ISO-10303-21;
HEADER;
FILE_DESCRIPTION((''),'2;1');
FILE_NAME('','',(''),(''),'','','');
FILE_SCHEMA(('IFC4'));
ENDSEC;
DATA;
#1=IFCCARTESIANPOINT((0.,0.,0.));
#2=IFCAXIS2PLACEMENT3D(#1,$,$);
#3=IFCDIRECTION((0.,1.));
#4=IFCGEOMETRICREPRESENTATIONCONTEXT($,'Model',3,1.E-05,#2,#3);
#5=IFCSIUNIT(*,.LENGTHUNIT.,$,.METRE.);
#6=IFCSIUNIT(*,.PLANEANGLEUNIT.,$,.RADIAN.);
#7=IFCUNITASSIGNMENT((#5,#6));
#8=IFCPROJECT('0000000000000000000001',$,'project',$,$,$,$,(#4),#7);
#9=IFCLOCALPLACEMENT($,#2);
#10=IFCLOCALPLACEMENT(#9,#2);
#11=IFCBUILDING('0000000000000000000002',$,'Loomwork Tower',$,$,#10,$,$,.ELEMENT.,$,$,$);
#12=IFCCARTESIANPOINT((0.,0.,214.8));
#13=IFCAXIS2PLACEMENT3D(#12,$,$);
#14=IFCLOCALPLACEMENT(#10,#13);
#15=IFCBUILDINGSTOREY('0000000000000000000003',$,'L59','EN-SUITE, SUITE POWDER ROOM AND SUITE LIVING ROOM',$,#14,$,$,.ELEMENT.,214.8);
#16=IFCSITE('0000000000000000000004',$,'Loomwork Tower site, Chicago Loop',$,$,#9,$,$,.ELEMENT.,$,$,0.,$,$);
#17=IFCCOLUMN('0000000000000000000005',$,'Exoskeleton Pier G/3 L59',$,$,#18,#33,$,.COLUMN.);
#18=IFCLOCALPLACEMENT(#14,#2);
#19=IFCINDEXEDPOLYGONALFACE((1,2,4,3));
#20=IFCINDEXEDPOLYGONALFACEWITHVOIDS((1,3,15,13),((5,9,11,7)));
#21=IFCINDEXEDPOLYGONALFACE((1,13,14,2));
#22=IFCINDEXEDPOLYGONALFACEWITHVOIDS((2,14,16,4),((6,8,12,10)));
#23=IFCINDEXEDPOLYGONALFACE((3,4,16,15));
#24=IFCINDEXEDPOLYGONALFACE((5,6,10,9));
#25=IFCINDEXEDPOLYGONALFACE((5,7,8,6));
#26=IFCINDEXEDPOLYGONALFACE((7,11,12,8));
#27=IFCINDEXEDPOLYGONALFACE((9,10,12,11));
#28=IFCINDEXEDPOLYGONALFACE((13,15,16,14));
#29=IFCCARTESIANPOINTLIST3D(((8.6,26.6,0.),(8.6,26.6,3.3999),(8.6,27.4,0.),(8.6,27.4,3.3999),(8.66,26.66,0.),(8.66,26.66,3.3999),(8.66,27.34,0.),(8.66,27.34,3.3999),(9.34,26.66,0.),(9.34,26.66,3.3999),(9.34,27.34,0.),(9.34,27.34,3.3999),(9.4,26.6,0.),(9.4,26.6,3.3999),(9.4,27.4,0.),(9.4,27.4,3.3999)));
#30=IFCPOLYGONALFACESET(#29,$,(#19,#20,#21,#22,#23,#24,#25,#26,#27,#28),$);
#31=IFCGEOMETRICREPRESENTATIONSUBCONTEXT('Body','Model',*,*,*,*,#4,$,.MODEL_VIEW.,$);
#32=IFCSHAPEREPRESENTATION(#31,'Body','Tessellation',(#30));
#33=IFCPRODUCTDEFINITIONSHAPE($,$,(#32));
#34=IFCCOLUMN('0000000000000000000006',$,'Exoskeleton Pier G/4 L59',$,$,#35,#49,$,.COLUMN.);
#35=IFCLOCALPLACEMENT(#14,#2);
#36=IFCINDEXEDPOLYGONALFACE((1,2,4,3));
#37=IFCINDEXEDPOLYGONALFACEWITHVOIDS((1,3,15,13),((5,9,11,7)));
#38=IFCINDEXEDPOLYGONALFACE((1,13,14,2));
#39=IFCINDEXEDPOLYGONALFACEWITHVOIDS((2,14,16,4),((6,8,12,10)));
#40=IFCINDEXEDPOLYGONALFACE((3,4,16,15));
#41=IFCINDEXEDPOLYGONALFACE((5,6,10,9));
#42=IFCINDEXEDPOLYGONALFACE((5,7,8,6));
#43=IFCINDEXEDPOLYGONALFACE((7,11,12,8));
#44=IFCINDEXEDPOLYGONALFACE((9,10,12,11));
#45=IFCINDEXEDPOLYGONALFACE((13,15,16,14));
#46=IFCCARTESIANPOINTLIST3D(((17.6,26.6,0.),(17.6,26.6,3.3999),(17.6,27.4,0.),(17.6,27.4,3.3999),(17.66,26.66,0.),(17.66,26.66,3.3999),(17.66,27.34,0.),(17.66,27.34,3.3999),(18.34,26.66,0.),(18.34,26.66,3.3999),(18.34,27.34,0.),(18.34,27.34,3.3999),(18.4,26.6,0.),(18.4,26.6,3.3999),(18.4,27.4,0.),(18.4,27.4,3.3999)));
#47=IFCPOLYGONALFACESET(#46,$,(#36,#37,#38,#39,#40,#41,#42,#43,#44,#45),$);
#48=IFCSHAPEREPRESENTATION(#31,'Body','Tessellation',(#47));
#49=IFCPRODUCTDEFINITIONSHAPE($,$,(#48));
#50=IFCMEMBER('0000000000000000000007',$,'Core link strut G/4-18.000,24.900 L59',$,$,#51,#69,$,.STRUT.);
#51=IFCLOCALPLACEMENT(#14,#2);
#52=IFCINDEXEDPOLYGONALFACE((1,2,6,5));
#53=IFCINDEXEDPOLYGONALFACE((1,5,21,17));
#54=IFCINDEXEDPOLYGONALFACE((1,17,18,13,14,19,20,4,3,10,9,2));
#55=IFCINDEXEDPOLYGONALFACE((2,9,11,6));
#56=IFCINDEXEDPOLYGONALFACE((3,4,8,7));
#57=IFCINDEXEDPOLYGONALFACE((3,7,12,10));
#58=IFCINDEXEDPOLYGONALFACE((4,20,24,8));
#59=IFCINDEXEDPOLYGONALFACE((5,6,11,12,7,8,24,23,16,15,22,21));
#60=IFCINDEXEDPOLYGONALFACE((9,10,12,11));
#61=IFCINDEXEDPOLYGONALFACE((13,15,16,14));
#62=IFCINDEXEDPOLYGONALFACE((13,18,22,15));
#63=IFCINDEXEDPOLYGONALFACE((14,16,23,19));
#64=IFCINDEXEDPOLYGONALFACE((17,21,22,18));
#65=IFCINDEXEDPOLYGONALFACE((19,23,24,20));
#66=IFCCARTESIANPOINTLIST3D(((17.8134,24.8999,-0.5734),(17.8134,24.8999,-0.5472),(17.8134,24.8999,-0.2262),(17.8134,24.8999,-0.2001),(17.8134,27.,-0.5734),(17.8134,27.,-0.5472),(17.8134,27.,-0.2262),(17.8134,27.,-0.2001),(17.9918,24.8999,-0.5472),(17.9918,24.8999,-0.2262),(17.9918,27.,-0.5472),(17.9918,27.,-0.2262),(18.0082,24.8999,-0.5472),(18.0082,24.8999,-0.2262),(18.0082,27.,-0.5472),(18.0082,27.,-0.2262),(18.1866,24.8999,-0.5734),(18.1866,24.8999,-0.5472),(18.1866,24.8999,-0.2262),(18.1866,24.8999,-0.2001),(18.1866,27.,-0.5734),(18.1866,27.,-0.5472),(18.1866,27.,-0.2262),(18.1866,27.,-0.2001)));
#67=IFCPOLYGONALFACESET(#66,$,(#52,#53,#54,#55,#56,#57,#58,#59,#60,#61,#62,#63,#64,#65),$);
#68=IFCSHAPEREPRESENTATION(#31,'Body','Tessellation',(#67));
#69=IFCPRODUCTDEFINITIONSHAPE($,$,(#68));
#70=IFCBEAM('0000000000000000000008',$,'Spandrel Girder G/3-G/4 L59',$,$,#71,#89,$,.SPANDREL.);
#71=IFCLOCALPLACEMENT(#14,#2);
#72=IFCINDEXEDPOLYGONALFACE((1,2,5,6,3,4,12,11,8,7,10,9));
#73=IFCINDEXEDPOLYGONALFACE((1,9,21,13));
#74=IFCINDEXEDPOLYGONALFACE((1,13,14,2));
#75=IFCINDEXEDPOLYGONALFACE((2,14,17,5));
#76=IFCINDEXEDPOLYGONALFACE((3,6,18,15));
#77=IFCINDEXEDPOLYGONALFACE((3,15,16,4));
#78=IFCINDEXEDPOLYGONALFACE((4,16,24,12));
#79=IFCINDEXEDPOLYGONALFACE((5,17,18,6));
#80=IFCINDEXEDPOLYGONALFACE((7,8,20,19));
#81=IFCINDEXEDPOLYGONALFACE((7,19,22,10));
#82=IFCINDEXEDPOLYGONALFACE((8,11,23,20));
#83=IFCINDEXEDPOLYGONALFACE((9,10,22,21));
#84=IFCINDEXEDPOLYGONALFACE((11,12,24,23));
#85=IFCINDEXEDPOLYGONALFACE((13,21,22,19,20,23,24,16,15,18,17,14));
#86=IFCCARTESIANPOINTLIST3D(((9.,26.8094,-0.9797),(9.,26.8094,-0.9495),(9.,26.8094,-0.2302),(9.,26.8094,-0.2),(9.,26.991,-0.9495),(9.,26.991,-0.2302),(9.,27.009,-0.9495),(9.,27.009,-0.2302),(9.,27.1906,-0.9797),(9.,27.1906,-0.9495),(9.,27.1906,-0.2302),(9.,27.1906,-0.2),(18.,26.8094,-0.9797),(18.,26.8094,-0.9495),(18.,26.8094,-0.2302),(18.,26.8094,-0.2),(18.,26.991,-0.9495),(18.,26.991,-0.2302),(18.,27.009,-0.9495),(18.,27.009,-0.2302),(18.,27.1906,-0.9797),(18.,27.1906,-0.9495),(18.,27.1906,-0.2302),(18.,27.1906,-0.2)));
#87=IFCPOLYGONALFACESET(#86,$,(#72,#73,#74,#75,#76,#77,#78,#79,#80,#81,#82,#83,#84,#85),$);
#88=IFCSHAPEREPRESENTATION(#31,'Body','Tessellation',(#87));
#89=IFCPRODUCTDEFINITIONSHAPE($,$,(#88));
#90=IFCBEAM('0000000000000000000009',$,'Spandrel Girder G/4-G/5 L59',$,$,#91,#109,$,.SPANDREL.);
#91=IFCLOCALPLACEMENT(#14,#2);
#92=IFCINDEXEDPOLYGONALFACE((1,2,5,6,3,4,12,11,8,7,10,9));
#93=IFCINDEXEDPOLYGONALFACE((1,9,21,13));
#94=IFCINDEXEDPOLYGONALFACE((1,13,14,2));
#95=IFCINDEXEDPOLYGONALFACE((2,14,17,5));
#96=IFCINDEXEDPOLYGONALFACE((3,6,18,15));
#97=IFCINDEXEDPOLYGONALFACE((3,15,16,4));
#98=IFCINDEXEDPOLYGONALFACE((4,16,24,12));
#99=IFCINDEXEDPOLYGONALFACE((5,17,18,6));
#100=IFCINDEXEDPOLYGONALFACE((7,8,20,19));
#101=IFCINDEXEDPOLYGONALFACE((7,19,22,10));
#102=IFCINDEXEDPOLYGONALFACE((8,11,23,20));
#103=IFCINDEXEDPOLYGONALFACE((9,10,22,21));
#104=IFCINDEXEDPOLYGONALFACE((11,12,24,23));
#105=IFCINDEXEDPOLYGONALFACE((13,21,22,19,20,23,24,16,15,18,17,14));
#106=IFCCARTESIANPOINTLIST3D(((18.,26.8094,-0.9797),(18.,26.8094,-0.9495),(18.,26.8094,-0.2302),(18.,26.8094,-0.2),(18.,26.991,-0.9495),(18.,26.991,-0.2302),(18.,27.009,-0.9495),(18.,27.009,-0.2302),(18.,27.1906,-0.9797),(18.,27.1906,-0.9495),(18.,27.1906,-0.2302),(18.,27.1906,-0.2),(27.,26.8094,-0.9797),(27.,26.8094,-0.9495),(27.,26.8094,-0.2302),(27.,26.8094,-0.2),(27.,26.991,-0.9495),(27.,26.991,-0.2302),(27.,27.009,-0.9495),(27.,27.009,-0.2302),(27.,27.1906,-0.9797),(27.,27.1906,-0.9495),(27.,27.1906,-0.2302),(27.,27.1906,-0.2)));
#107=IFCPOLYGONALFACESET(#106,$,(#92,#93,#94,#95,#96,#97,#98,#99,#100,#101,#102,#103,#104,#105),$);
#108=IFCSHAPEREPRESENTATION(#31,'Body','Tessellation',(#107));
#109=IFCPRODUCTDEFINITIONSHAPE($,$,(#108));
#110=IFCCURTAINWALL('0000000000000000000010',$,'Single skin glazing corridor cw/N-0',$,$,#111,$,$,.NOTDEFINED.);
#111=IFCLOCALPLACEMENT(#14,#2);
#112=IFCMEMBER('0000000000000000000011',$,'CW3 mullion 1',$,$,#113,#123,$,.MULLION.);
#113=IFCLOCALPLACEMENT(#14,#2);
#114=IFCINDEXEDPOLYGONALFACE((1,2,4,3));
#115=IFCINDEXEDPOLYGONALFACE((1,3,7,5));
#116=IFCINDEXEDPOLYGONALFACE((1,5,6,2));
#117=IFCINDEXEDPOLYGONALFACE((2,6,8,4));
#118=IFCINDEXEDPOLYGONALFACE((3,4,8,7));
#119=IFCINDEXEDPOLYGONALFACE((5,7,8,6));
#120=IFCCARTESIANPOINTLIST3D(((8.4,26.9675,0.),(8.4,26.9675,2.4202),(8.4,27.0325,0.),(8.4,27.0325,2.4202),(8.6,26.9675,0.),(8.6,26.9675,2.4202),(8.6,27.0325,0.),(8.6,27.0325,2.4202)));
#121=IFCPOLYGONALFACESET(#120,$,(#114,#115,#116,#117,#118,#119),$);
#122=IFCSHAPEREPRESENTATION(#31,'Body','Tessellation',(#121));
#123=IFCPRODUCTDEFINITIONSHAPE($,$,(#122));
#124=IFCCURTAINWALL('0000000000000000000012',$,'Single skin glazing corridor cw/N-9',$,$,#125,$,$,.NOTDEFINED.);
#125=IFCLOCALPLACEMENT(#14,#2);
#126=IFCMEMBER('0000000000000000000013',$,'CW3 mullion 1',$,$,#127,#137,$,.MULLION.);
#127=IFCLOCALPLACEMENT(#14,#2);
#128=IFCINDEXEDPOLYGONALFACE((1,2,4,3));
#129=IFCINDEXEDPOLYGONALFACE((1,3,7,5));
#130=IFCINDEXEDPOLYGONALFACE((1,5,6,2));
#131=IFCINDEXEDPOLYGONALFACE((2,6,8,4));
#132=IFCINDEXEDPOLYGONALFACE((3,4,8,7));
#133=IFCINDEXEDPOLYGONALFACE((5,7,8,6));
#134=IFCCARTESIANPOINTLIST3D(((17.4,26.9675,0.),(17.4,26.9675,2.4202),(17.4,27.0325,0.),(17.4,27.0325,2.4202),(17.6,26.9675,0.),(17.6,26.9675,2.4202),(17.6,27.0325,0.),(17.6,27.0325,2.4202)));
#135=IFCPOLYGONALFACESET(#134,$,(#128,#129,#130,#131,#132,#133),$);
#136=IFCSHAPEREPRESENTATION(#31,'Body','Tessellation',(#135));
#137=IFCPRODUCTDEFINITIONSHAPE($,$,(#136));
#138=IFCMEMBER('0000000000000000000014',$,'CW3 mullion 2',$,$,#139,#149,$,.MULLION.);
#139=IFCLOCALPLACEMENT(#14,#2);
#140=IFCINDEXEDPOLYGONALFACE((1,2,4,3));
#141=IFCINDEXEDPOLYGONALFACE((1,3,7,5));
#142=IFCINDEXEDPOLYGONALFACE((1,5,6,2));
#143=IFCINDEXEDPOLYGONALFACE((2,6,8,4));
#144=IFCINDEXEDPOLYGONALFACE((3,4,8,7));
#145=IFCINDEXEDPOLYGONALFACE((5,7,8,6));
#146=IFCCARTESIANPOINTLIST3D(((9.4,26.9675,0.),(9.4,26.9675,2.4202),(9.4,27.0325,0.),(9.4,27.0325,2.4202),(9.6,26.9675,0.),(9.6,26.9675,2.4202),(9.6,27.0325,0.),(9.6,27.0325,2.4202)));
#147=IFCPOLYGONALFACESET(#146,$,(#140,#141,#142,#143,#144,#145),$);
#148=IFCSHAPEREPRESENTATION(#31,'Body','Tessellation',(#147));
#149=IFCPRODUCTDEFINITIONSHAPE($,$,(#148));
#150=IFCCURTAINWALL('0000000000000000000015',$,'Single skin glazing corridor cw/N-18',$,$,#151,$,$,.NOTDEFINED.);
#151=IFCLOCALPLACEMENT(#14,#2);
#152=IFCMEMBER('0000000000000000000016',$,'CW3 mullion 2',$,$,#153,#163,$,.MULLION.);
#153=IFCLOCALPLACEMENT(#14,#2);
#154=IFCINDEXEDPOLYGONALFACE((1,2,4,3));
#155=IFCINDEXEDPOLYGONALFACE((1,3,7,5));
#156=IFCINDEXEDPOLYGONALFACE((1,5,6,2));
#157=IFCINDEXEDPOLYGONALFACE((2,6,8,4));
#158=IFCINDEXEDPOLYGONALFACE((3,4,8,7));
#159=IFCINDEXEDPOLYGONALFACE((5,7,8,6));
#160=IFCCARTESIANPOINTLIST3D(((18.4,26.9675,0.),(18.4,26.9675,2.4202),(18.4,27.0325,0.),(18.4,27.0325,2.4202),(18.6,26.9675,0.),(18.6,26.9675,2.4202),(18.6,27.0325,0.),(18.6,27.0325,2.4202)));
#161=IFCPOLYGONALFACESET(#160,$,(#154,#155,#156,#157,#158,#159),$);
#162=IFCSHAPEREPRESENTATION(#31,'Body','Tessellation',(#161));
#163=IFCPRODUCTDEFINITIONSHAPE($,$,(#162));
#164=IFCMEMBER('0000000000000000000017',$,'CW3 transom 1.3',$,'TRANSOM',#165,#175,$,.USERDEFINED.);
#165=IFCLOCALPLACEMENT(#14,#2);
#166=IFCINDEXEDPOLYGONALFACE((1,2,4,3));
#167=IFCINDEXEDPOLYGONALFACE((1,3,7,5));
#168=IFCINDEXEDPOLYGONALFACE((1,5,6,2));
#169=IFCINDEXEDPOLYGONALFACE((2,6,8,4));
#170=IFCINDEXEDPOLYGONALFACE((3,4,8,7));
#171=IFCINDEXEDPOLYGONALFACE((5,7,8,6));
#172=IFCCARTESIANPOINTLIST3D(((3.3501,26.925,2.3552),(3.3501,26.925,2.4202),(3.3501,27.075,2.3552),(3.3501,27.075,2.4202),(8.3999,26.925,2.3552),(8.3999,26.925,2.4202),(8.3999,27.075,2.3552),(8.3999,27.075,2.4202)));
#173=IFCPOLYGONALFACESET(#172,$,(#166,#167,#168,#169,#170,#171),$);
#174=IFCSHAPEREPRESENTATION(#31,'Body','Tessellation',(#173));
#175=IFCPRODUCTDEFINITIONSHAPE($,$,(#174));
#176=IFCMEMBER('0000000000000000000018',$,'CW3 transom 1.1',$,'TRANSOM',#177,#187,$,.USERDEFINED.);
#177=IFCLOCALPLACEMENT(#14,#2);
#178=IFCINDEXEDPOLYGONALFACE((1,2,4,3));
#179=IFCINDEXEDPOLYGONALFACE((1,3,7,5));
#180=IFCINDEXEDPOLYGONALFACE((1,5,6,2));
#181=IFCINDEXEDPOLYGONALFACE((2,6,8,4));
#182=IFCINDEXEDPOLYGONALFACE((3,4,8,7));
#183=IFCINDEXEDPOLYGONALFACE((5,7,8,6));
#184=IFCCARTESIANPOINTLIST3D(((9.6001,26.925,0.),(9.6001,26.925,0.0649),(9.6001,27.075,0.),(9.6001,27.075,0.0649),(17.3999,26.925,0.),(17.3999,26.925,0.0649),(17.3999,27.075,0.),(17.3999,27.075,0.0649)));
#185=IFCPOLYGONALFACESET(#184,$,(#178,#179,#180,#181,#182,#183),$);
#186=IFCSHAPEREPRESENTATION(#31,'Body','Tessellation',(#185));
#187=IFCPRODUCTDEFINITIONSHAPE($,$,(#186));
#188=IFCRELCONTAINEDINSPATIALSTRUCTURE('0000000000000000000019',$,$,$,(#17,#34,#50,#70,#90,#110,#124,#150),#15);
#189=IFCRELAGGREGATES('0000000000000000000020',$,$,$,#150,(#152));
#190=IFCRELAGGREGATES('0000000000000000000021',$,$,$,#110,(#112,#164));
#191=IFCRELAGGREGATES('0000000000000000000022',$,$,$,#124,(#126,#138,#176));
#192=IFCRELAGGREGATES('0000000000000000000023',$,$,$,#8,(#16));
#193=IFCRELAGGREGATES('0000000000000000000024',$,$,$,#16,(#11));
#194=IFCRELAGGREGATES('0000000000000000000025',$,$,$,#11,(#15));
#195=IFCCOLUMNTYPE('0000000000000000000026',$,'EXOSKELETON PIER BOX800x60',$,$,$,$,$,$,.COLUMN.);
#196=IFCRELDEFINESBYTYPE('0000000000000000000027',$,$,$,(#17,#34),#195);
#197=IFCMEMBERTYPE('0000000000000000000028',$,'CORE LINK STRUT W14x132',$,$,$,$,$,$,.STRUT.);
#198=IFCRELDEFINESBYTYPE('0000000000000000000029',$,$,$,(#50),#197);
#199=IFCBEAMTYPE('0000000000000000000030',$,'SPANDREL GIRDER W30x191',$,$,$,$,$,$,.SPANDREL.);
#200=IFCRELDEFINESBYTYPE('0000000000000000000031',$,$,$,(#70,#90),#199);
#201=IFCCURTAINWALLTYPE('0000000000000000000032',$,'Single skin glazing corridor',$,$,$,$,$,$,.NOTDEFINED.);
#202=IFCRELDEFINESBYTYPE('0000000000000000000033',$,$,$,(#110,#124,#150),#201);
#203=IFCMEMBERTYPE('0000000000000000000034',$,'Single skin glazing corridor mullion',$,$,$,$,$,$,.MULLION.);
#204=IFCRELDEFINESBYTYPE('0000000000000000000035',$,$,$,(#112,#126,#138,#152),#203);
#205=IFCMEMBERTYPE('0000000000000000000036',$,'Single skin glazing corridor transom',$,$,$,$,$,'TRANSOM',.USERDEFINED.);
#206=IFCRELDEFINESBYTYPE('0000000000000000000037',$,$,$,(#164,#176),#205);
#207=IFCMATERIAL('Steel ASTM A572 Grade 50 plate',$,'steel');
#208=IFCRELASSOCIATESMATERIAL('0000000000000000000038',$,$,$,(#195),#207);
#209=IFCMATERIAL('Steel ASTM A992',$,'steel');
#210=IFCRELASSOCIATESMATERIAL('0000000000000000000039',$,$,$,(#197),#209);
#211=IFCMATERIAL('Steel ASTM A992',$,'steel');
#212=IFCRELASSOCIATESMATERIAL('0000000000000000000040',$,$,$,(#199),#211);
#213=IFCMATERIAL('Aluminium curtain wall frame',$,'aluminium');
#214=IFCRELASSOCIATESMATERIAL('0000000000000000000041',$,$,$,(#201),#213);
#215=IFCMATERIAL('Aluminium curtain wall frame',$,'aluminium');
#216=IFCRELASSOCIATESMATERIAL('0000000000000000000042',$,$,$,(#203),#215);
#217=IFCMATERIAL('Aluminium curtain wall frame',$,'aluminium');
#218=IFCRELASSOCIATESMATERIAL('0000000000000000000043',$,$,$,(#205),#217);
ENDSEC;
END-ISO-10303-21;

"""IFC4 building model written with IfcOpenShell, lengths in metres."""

from ifc_helpers import new_model, si_unit, direction, frame, origin, origin_2d, place, context, subcontext, project, spatial, rectangle, hollow_rectangle, i_section, extrude, material, material_profile, profile_set, type_object, element, aggregate, save


model = new_model("IFC4")

# Units and contexts
model_context = context("Model", 3, precision=1e-05, world=origin(), true_north=direction((0.0, 1.0)))
body_context = subcontext(model_context, "Body", "Model", "MODEL_VIEW")
ifc_project = project(units=[si_unit("LENGTHUNIT", "METRE"), si_unit("PLANEANGLEUNIT", "RADIAN")], contexts=[model_context])

# Site, building, storey
site_placement = place(None, origin())
site = spatial("IfcSite", under=ifc_project, at=site_placement, Name="Loomwork Tower site, Chicago Loop", CompositionType="ELEMENT", RefElevation=0.0)
building_placement = place(site_placement, origin())
building = spatial("IfcBuilding", under=site, at=building_placement, Name="Loomwork Tower", CompositionType="ELEMENT")
storey_placement = place(building_placement, frame((0.0, 0.0, 214.8)))
storey = spatial("IfcBuildingStorey", under=building, at=storey_placement, Name="L59", Description="EN-SUITE, SUITE POWDER ROOM AND SUITE LIVING ROOM", CompositionType="ELEMENT", Elevation=214.8)

# Columns
ifc_material_1 = material(Name="Steel ASTM A572 Grade 50 plate", Category="steel")
ifc_material_profile_1 = material_profile(ifc_material_1, hollow_rectangle(XDim=0.8, YDim=0.8, WallThickness=0.0601, at=origin_2d()), Name="BOX800x60")
ifc_profile_set_1 = profile_set([ifc_material_profile_1], Name="Steel ASTM A572 Grade 50 plate")
column_type = type_object("IfcColumnType", Name="EXOSKELETON PIER BOX800x60", PredefinedType="COLUMN", material=ifc_profile_set_1)
for number, where, z_axis, x_axis, name in (
    (1, (9.0, 27.0, 0.0), (0.0, 0.0, 1.0), (1.0, 0.0, 0.0), "Exoskeleton Pier G/3 L59"),
    (2, (18.0, 27.0, 0.0), (0.0, 0.0, 1.0), (1.0, 0.0, 0.0), "Exoskeleton Pier G/4 L59"),
):
    element("IfcColumn", number, at=place(storey_placement, frame(where, z_axis=z_axis, x_axis=x_axis)), inside=storey, type_object=column_type, Name=name, PredefinedType="COLUMN", context=body_context, shape_type="SweptSolid", body=[
        extrude(hollow_rectangle(XDim=0.8, YDim=0.8, WallThickness=0.0601, at=origin_2d()), origin(), (0.0, 0.0, 1.0), 3.3999),
    ])

# Member
ifc_material_2 = material(Name="Steel ASTM A992", Category="steel")
ifc_material_profile_2 = material_profile(ifc_material_2, i_section(OverallWidth=0.3733, OverallDepth=0.3733, WebThickness=0.0164, FlangeThickness=0.0261, at=origin_2d()), Name="W14x132")
ifc_profile_set_2 = profile_set([ifc_material_profile_2], Name="Steel ASTM A992")
member_type_1 = type_object("IfcMemberType", Name="CORE LINK STRUT W14x132", PredefinedType="STRUT", material=ifc_profile_set_2)
member_1_placement = place(storey_placement, frame((18.0, 27.0, -0.3867), z_axis=(0.0, -1.0, 0.0), x_axis=(1.0, 0.0, 0.0)))
element("IfcMember", 3, at=member_1_placement, inside=storey, type_object=member_type_1, Name="Core link strut G/4-18.000,24.900 L59", PredefinedType="STRUT", context=body_context, shape_type="SweptSolid", body=[
    extrude(i_section(OverallWidth=0.3733, OverallDepth=0.3733, WebThickness=0.0164, FlangeThickness=0.0261, at=origin_2d()), origin(), (0.0, 0.0, 1.0), 2.1001),
])

# Beams
ifc_material_3 = material(Name="Steel ASTM A992", Category="steel")
ifc_material_profile_3 = material_profile(ifc_material_3, i_section(OverallWidth=0.3811, OverallDepth=0.7798, WebThickness=0.0181, FlangeThickness=0.0303, at=origin_2d()), Name="W30x191")
ifc_profile_set_3 = profile_set([ifc_material_profile_3], Name="Steel ASTM A992")
beam_type = type_object("IfcBeamType", Name="SPANDREL GIRDER W30x191", PredefinedType="SPANDREL", material=ifc_profile_set_3)
for number, where, z_axis, x_axis, name in (
    (4, (9.0, 27.0, -0.5898), (1.0, 0.0, 0.0), (0.0, 1.0, 0.0), "Spandrel Girder G/3-G/4 L59"),
    (5, (18.0, 27.0, -0.5898), (1.0, 0.0, 0.0), (0.0, 1.0, 0.0), "Spandrel Girder G/4-G/5 L59"),
):
    element("IfcBeam", number, at=place(storey_placement, frame(where, z_axis=z_axis, x_axis=x_axis)), inside=storey, type_object=beam_type, Name=name, PredefinedType="SPANDREL", context=body_context, shape_type="SweptSolid", body=[
        extrude(i_section(OverallWidth=0.3811, OverallDepth=0.7798, WebThickness=0.0181, FlangeThickness=0.0303, at=origin_2d()), origin(), (0.0, 0.0, 1.0), 9.0),
    ])

# Curtain wall, member
ifc_material_4 = material(Name="Aluminium curtain wall frame", Category="aluminium")
curtain_wall_type = type_object("IfcCurtainWallType", Name="Single skin glazing corridor", PredefinedType="NOTDEFINED", material=ifc_material_4)
curtain_wall_1_placement = place(storey_placement, origin())
curtain_wall_1 = element("IfcCurtainWall", 6, at=curtain_wall_1_placement, inside=storey, type_object=curtain_wall_type, Name="Single skin glazing corridor cw/N-0", PredefinedType="NOTDEFINED")
ifc_material_5 = material(Name="Aluminium curtain wall frame", Category="aluminium")
ifc_material_profile_4 = material_profile(ifc_material_5, rectangle(XDim=0.0649, YDim=0.2, at=origin_2d()), Name="AL 65x200")
ifc_profile_set_4 = profile_set([ifc_material_profile_4], Name="Aluminium curtain wall frame")
member_type_2 = type_object("IfcMemberType", Name="Single skin glazing corridor mullion", PredefinedType="MULLION", material=ifc_profile_set_4)
member_2_placement = place(storey_placement, frame((8.5, 27.0, 0.0), z_axis=(0.0, 0.0, 1.0), x_axis=(0.0, -1.0, 0.0)))
member_2 = element("IfcMember", 7, at=member_2_placement, type_object=member_type_2, Name="CW3 mullion 1", PredefinedType="MULLION", context=body_context, shape_type="SweptSolid", body=[
    extrude(rectangle(XDim=0.0649, YDim=0.2, at=origin_2d()), origin(), (0.0, 0.0, 1.0), 2.4202),
])

# Curtain wall, members
curtain_wall_2_placement = place(storey_placement, origin())
curtain_wall_2 = element("IfcCurtainWall", 8, at=curtain_wall_2_placement, inside=storey, type_object=curtain_wall_type, Name="Single skin glazing corridor cw/N-9", PredefinedType="NOTDEFINED")
member_3_placement = place(storey_placement, frame((17.5, 27.0, 0.0), z_axis=(0.0, 0.0, 1.0), x_axis=(0.0, -1.0, 0.0)))
member_3 = element("IfcMember", 9, at=member_3_placement, type_object=member_type_2, Name="CW3 mullion 1", PredefinedType="MULLION", context=body_context, shape_type="SweptSolid", body=[
    extrude(rectangle(XDim=0.0649, YDim=0.2, at=origin_2d()), origin(), (0.0, 0.0, 1.0), 2.4202),
])
member_4_placement = place(storey_placement, frame((9.5, 27.0, 0.0), z_axis=(0.0, 0.0, 1.0), x_axis=(0.0, -1.0, 0.0)))
member_4 = element("IfcMember", 10, at=member_4_placement, type_object=member_type_2, Name="CW3 mullion 2", PredefinedType="MULLION", context=body_context, shape_type="SweptSolid", body=[
    extrude(rectangle(XDim=0.0649, YDim=0.2, at=origin_2d()), origin(), (0.0, 0.0, 1.0), 2.4202),
])

# Curtain wall, member
curtain_wall_3_placement = place(storey_placement, origin())
curtain_wall_3 = element("IfcCurtainWall", 11, at=curtain_wall_3_placement, inside=storey, type_object=curtain_wall_type, Name="Single skin glazing corridor cw/N-18", PredefinedType="NOTDEFINED")
member_5_placement = place(storey_placement, frame((18.5, 27.0, 0.0), z_axis=(0.0, 0.0, 1.0), x_axis=(0.0, -1.0, 0.0)))
member_5 = element("IfcMember", 12, at=member_5_placement, type_object=member_type_2, Name="CW3 mullion 2", PredefinedType="MULLION", context=body_context, shape_type="SweptSolid", body=[
    extrude(rectangle(XDim=0.0649, YDim=0.2, at=origin_2d()), origin(), (0.0, 0.0, 1.0), 2.4202),
])
aggregate(curtain_wall_3, [member_5])

# Members
ifc_material_6 = material(Name="Aluminium curtain wall frame", Category="aluminium")
ifc_material_profile_5 = material_profile(ifc_material_6, rectangle(XDim=0.1499, YDim=0.0649, at=origin_2d()), Name="AL 65x150")
ifc_profile_set_5 = profile_set([ifc_material_profile_5], Name="Aluminium curtain wall frame")
member_type_3 = type_object("IfcMemberType", Name="Single skin glazing corridor transom", ElementType="TRANSOM", PredefinedType="USERDEFINED", material=ifc_profile_set_5)
member_6_placement = place(storey_placement, frame((8.3999, 27.0, 2.3877), z_axis=(-1.0, 0.0, 0.0), x_axis=(0.0, -1.0, 0.0)))
member_6 = element("IfcMember", 13, at=member_6_placement, type_object=member_type_3, Name="CW3 transom 1.3", ObjectType="TRANSOM", PredefinedType="USERDEFINED", context=body_context, shape_type="SweptSolid", body=[
    extrude(rectangle(XDim=0.1499, YDim=0.0649, at=origin_2d()), origin(), (0.0, 0.0, 1.0), 5.0498),
])
aggregate(curtain_wall_1, [member_2, member_6])
member_7_placement = place(storey_placement, frame((17.3999, 27.0, 0.0325), z_axis=(-1.0, 0.0, 0.0), x_axis=(0.0, -1.0, 0.0)))
member_7 = element("IfcMember", 14, at=member_7_placement, type_object=member_type_3, Name="CW3 transom 1.1", ObjectType="TRANSOM", PredefinedType="USERDEFINED", context=body_context, shape_type="SweptSolid", body=[
    extrude(rectangle(XDim=0.1499, YDim=0.0649, at=origin_2d()), origin(), (0.0, 0.0, 1.0), 7.7998),
])

aggregate(curtain_wall_2, [member_3, member_4, member_7])

save(model, "model.ifc")
